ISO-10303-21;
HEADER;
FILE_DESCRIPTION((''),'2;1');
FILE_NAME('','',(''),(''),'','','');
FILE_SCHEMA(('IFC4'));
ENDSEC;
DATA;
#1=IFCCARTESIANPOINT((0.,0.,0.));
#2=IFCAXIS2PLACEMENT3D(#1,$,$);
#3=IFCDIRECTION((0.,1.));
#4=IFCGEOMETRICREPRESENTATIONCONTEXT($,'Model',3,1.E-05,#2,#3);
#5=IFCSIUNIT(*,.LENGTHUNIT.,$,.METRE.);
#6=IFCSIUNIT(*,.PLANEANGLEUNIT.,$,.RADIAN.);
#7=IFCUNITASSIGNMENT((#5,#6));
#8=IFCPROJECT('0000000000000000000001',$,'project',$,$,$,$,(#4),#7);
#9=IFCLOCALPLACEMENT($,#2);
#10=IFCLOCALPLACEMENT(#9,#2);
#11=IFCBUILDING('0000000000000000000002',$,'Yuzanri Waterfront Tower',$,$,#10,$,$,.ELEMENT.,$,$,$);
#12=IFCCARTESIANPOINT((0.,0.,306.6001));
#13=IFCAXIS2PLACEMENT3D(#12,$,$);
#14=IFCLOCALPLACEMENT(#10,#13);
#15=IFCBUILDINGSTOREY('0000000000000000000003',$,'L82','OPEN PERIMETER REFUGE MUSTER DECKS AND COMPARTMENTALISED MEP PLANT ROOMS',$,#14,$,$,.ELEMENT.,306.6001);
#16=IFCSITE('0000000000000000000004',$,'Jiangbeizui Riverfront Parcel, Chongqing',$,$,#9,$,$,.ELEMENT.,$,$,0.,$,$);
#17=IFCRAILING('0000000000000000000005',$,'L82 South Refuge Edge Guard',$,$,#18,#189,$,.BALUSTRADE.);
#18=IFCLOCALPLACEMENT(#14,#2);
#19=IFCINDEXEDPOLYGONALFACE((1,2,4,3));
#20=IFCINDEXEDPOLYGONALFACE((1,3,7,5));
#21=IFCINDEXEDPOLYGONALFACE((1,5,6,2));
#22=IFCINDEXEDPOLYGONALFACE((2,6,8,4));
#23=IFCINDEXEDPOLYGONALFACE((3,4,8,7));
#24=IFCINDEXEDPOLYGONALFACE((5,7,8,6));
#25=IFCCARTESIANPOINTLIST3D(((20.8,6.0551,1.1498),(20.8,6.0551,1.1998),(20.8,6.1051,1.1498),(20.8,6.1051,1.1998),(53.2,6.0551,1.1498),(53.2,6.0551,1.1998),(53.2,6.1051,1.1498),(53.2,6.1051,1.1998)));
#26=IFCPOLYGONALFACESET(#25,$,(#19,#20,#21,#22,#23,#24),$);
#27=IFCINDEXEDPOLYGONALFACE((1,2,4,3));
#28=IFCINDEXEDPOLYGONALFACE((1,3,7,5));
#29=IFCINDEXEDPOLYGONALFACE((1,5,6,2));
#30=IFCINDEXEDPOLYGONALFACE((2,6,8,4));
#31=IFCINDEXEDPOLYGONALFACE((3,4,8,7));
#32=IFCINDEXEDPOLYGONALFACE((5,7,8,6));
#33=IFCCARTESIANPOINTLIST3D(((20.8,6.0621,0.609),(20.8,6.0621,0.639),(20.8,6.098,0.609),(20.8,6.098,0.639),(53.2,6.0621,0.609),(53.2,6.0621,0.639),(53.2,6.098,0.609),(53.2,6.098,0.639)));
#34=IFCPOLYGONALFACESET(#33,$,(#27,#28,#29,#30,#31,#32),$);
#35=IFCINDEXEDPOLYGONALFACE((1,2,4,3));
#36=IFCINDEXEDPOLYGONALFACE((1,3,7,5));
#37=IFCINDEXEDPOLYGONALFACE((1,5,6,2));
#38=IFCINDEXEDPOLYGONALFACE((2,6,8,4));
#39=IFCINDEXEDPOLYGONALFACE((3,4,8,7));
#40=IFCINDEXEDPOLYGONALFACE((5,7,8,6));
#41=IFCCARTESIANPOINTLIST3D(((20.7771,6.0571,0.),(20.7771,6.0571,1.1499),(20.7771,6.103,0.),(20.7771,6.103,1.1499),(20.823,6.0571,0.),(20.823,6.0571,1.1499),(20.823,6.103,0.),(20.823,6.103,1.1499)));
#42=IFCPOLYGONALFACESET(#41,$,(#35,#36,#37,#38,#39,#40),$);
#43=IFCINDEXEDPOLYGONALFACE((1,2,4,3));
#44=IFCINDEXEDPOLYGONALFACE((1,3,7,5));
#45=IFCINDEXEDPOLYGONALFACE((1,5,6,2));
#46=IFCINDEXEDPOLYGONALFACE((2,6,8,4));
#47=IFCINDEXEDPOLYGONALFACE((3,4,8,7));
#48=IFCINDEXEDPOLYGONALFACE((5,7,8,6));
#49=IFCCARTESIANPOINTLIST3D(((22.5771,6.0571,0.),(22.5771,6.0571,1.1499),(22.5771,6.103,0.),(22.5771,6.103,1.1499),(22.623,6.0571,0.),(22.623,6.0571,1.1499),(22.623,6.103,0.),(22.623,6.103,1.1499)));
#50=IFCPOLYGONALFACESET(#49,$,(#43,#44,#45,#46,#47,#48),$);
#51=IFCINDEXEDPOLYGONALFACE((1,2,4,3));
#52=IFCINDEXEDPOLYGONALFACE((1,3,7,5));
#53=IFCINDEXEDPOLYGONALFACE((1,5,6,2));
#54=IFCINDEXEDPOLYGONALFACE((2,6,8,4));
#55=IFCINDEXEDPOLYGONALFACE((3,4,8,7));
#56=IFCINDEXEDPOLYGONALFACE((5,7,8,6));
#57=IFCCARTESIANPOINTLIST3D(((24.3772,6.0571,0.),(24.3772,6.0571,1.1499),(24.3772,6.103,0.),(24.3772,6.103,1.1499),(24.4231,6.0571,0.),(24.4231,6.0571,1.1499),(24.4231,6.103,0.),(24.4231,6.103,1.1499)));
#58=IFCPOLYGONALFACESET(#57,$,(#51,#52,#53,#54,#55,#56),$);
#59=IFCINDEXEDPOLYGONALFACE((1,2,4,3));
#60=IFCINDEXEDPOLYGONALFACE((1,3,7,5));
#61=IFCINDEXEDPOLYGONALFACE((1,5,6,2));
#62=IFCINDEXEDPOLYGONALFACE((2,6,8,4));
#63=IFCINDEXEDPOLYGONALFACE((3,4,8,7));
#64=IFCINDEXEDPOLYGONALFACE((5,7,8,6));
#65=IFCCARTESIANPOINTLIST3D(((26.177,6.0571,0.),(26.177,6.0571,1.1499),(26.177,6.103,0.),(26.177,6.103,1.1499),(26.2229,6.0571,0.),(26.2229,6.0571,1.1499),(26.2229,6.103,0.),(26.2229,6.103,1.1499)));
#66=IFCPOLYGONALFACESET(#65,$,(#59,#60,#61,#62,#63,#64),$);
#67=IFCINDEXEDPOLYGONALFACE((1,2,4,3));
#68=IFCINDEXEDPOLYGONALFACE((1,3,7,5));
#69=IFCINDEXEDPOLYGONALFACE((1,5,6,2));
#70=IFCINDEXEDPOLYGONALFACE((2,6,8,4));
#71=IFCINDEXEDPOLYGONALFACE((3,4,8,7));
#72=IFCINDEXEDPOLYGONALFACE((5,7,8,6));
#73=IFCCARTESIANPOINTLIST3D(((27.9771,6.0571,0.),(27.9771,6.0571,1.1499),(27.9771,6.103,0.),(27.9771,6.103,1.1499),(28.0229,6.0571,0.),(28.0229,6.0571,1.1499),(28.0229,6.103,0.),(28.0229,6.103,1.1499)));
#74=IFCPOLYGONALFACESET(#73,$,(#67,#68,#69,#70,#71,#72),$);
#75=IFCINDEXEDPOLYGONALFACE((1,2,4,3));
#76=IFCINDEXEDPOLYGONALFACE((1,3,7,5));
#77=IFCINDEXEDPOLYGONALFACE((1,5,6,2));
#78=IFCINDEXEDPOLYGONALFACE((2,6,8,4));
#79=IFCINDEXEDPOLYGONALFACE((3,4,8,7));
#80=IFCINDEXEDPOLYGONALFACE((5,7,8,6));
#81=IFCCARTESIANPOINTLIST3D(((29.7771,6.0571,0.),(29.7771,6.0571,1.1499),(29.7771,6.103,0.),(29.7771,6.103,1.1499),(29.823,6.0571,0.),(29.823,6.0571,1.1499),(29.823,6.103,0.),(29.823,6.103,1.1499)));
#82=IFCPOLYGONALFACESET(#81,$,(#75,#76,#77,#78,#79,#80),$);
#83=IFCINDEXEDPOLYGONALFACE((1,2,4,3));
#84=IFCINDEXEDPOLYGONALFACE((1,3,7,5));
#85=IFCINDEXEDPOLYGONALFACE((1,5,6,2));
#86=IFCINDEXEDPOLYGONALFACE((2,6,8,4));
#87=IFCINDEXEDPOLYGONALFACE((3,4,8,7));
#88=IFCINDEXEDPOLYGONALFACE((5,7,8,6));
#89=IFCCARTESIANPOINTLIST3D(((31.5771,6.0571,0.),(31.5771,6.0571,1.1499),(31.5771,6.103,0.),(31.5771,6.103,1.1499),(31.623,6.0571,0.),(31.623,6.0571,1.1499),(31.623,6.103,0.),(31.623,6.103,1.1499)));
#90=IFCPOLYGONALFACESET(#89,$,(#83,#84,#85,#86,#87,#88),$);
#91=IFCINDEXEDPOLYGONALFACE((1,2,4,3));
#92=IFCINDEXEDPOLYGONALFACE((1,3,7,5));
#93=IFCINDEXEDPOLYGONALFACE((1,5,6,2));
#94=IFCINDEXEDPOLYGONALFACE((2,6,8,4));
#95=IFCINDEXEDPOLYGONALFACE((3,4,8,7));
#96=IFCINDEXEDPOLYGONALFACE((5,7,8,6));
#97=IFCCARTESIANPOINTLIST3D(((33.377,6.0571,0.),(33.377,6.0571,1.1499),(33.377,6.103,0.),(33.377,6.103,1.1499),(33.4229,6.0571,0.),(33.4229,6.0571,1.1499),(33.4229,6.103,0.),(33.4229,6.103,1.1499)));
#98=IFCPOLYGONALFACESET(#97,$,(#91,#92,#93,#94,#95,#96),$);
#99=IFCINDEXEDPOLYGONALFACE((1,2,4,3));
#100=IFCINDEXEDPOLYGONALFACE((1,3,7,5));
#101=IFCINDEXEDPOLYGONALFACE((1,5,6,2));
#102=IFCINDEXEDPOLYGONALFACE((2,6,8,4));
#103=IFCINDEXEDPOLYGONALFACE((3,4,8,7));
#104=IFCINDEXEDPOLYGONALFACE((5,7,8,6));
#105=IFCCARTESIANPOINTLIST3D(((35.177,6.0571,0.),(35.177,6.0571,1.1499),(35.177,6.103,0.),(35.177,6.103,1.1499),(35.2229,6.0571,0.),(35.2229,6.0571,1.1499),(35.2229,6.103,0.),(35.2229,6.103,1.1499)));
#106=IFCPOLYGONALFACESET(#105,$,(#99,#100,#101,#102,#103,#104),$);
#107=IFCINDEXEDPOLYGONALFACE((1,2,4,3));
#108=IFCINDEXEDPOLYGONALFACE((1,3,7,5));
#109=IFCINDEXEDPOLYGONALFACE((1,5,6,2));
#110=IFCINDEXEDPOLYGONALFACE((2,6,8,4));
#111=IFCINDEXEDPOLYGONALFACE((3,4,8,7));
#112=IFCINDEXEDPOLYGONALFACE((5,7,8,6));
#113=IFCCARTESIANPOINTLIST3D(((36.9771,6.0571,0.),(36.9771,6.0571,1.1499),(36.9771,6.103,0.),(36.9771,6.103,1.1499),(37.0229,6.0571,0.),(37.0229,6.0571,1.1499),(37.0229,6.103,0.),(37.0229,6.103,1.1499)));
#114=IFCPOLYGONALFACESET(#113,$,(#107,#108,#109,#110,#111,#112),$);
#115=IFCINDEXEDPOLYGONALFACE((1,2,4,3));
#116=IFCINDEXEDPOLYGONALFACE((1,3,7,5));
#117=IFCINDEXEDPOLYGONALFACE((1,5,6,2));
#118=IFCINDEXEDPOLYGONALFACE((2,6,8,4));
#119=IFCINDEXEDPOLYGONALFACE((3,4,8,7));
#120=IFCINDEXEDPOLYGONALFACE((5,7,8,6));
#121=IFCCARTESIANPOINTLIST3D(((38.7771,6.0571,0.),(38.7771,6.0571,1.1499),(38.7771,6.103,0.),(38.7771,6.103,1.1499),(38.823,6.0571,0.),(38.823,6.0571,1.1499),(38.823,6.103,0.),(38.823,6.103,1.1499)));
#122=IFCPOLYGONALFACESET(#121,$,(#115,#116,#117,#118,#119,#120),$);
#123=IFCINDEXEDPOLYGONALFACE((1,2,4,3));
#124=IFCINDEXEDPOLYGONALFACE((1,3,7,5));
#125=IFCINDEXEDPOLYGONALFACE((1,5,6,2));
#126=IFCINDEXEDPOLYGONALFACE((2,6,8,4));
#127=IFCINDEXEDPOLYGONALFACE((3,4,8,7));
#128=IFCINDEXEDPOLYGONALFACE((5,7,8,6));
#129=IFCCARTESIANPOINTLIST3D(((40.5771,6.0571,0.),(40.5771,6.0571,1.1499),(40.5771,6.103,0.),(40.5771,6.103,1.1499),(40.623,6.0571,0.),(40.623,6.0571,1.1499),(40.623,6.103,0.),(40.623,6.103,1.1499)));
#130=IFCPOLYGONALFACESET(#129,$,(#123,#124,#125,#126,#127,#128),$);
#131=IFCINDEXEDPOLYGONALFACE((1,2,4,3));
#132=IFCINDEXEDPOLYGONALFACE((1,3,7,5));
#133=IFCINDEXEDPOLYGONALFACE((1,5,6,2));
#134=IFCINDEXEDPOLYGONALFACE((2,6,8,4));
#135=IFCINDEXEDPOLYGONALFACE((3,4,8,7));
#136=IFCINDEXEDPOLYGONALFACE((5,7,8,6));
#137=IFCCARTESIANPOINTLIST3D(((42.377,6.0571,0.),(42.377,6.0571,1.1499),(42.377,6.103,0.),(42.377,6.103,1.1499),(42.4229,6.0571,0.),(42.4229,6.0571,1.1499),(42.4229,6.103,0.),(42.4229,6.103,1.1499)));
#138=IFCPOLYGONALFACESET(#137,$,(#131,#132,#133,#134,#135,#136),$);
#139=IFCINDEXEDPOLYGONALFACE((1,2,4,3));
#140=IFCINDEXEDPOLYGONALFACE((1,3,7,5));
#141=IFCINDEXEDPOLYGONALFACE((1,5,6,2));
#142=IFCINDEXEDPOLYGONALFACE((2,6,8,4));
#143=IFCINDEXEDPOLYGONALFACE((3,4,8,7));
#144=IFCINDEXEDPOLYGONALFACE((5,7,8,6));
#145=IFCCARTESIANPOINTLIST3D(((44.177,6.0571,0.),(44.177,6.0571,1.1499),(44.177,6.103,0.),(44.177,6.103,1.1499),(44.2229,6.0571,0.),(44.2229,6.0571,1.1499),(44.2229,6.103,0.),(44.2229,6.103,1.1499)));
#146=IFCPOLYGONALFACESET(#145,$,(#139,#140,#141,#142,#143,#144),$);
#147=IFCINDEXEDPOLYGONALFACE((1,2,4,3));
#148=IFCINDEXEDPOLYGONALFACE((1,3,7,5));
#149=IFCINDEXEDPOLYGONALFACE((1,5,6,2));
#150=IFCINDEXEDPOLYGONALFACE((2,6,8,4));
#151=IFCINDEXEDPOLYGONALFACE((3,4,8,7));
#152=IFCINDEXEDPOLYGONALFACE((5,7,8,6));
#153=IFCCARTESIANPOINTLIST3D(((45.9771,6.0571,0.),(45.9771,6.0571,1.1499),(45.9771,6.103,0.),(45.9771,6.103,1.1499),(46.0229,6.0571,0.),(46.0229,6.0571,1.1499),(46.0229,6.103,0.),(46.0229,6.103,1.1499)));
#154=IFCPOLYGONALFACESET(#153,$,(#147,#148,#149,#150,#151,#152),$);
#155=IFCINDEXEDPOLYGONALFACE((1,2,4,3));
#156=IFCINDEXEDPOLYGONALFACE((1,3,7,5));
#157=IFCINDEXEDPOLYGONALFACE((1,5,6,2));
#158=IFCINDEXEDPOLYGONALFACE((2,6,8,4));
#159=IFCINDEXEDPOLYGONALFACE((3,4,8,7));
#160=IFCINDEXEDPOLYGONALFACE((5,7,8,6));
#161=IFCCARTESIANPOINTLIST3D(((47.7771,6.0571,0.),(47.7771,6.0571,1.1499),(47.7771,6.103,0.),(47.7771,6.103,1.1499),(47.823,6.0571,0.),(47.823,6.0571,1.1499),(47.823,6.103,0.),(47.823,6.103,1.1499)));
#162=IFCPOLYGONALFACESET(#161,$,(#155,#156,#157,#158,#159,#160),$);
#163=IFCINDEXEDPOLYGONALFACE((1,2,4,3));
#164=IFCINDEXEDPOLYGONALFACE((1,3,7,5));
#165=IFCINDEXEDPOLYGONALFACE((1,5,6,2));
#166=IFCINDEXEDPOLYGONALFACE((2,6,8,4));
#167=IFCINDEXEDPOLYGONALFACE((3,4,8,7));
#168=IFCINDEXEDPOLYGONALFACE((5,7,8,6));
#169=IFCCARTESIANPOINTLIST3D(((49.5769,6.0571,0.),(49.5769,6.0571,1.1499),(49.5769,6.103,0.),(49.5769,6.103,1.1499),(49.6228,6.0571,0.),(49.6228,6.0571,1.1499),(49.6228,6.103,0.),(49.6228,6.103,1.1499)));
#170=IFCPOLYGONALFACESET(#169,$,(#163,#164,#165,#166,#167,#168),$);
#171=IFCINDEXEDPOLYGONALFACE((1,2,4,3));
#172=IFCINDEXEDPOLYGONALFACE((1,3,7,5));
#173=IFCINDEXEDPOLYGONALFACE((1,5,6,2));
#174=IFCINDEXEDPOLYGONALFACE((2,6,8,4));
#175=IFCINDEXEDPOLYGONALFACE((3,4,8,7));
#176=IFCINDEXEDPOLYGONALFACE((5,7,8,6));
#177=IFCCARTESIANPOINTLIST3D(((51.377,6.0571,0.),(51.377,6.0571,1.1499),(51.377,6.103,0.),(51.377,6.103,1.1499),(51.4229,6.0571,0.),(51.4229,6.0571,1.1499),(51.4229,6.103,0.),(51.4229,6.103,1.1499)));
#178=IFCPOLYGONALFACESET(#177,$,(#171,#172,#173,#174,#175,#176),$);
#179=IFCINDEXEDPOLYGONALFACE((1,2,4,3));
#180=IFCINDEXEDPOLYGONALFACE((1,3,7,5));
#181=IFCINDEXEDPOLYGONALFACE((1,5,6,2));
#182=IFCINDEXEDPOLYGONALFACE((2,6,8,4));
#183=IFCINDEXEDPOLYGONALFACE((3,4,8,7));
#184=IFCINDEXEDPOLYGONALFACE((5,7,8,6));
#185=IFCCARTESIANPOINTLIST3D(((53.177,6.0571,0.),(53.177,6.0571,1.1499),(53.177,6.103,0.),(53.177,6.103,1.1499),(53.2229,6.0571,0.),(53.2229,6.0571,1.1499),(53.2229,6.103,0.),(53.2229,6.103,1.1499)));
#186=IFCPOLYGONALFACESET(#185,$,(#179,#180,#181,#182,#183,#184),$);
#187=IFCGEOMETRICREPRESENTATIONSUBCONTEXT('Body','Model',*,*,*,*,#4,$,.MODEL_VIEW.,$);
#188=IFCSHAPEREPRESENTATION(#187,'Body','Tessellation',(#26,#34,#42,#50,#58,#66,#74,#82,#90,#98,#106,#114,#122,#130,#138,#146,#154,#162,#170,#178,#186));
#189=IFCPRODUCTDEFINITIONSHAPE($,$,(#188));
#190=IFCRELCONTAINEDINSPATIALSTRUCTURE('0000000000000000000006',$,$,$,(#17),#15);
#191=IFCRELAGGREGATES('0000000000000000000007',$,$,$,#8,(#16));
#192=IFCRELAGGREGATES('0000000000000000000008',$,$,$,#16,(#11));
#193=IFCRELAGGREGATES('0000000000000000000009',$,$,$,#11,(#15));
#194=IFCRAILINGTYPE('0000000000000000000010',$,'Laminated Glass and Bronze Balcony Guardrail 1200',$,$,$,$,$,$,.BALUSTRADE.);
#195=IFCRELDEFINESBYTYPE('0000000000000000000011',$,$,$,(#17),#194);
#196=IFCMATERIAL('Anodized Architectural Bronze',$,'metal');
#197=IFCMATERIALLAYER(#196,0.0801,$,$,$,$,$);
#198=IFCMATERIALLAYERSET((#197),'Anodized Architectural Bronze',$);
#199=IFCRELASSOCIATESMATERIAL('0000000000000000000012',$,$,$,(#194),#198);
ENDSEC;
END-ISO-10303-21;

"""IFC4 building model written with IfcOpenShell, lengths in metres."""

from ifc_helpers import new_model, si_unit, direction, frame, origin, origin_2d, place, context, subcontext, project, spatial, rectangle, extrude, source, transform, mapped, material, layer, layer_set, type_object, element, save


model = new_model("IFC4")

# Units and contexts
model_context = context("Model", 3, precision=1e-05, world=origin(), true_north=direction((0.0, 1.0)))
body_context = subcontext(model_context, "Body", "Model", "MODEL_VIEW")
ifc_project = project(units=[si_unit("LENGTHUNIT", "METRE"), si_unit("PLANEANGLEUNIT", "RADIAN")], contexts=[model_context])

# Site, building, storey
site_placement = place(None, origin())
site = spatial("IfcSite", under=ifc_project, at=site_placement, Name="Jiangbeizui Riverfront Parcel, Chongqing", CompositionType="ELEMENT", RefElevation=0.0)
building_placement = place(site_placement, origin())
building = spatial("IfcBuilding", under=site, at=building_placement, Name="Yuzanri Waterfront Tower", CompositionType="ELEMENT")
storey_placement = place(building_placement, frame((0.0, 0.0, 306.6001)))
storey = spatial("IfcBuildingStorey", under=building, at=storey_placement, Name="L82", Description="OPEN PERIMETER REFUGE MUSTER DECKS AND COMPARTMENTALISED MEP PLANT ROOMS", CompositionType="ELEMENT", Elevation=306.6001)

# Railing
ifc_material_1 = material(Name="Anodized Architectural Bronze", Category="metal")
ifc_layer_1 = layer(ifc_material_1, 0.0801)
ifc_layer_set_1 = layer_set([ifc_layer_1], Name="Anodized Architectural Bronze")
railing_type = type_object("IfcRailingType", Name="Laminated Glass and Bronze Balcony Guardrail 1200", PredefinedType="BALUSTRADE", material=ifc_layer_set_1)
shared_shape_1 = source(origin(), body_context, "Body", "SweptSolid", [
    extrude(rectangle(XDim=0.05, YDim=0.05, at=origin_2d()), frame((0.0, 0.0, 1.1748), z_axis=(1.0, 0.0, 0.0), x_axis=(0.0, 1.0, 0.0)), (0.0, 0.0, 1.0), 32.3999),
    extrude(rectangle(XDim=0.0359, YDim=0.03, at=origin_2d()), frame((0.0, 0.0, 0.624), z_axis=(1.0, 0.0, 0.0), x_axis=(0.0, 1.0, 0.0)), (0.0, 0.0, 1.0), 32.3999),
    extrude(rectangle(XDim=0.0459, YDim=0.0459, at=origin_2d()), origin(), (0.0, 0.0, 1.0), 1.1499),
    extrude(rectangle(XDim=0.0459, YDim=0.0459, at=origin_2d()), frame((1.8, 0.0, 0.0)), (0.0, 0.0, 1.0), 1.1499),
    extrude(rectangle(XDim=0.0459, YDim=0.0459, at=origin_2d()), frame((3.6001, 0.0, 0.0)), (0.0, 0.0, 1.0), 1.1499),
    extrude(rectangle(XDim=0.0459, YDim=0.0459, at=origin_2d()), frame((5.3999, 0.0, 0.0)), (0.0, 0.0, 1.0), 1.1499),
    extrude(rectangle(XDim=0.0459, YDim=0.0459, at=origin_2d()), frame((7.2, 0.0, 0.0)), (0.0, 0.0, 1.0), 1.1499),
    extrude(rectangle(XDim=0.0459, YDim=0.0459, at=origin_2d()), frame((9.0, 0.0, 0.0)), (0.0, 0.0, 1.0), 1.1499),
    extrude(rectangle(XDim=0.0459, YDim=0.0459, at=origin_2d()), frame((10.8, 0.0, 0.0)), (0.0, 0.0, 1.0), 1.1499),
    extrude(rectangle(XDim=0.0459, YDim=0.0459, at=origin_2d()), frame((12.5999, 0.0, 0.0)), (0.0, 0.0, 1.0), 1.1499),
    extrude(rectangle(XDim=0.0459, YDim=0.0459, at=origin_2d()), frame((14.3999, 0.0, 0.0)), (0.0, 0.0, 1.0), 1.1499),
    extrude(rectangle(XDim=0.0459, YDim=0.0459, at=origin_2d()), frame((16.2, 0.0, 0.0)), (0.0, 0.0, 1.0), 1.1499),
    extrude(rectangle(XDim=0.0459, YDim=0.0459, at=origin_2d()), frame((18.0, 0.0, 0.0)), (0.0, 0.0, 1.0), 1.1499),
    extrude(rectangle(XDim=0.0459, YDim=0.0459, at=origin_2d()), frame((19.8, 0.0, 0.0)), (0.0, 0.0, 1.0), 1.1499),
    extrude(rectangle(XDim=0.0459, YDim=0.0459, at=origin_2d()), frame((21.5999, 0.0, 0.0)), (0.0, 0.0, 1.0), 1.1499),
    extrude(rectangle(XDim=0.0459, YDim=0.0459, at=origin_2d()), frame((23.3999, 0.0, 0.0)), (0.0, 0.0, 1.0), 1.1499),
    extrude(rectangle(XDim=0.0459, YDim=0.0459, at=origin_2d()), frame((25.2, 0.0, 0.0)), (0.0, 0.0, 1.0), 1.1499),
    extrude(rectangle(XDim=0.0459, YDim=0.0459, at=origin_2d()), frame((27.0, 0.0, 0.0)), (0.0, 0.0, 1.0), 1.1499),
    extrude(rectangle(XDim=0.0459, YDim=0.0459, at=origin_2d()), frame((28.7998, 0.0, 0.0)), (0.0, 0.0, 1.0), 1.1499),
    extrude(rectangle(XDim=0.0459, YDim=0.0459, at=origin_2d()), frame((30.5999, 0.0, 0.0)), (0.0, 0.0, 1.0), 1.1499),
    extrude(rectangle(XDim=0.0459, YDim=0.0459, at=origin_2d()), frame((32.3999, 0.0, 0.0)), (0.0, 0.0, 1.0), 1.1499),
])
railing_1_placement = place(storey_placement, frame((20.8, 6.0801, 0.0)))
element("IfcRailing", 1, at=railing_1_placement, inside=storey, type_object=railing_type, Name="L82 South Refuge Edge Guard", PredefinedType="BALUSTRADE", context=body_context, shape_type="MappedRepresentation", body=[
    mapped(shared_shape_1, transform((0.0, 0.0, 0.0), scale=1.0)),
])

save(model, "model.ifc")
